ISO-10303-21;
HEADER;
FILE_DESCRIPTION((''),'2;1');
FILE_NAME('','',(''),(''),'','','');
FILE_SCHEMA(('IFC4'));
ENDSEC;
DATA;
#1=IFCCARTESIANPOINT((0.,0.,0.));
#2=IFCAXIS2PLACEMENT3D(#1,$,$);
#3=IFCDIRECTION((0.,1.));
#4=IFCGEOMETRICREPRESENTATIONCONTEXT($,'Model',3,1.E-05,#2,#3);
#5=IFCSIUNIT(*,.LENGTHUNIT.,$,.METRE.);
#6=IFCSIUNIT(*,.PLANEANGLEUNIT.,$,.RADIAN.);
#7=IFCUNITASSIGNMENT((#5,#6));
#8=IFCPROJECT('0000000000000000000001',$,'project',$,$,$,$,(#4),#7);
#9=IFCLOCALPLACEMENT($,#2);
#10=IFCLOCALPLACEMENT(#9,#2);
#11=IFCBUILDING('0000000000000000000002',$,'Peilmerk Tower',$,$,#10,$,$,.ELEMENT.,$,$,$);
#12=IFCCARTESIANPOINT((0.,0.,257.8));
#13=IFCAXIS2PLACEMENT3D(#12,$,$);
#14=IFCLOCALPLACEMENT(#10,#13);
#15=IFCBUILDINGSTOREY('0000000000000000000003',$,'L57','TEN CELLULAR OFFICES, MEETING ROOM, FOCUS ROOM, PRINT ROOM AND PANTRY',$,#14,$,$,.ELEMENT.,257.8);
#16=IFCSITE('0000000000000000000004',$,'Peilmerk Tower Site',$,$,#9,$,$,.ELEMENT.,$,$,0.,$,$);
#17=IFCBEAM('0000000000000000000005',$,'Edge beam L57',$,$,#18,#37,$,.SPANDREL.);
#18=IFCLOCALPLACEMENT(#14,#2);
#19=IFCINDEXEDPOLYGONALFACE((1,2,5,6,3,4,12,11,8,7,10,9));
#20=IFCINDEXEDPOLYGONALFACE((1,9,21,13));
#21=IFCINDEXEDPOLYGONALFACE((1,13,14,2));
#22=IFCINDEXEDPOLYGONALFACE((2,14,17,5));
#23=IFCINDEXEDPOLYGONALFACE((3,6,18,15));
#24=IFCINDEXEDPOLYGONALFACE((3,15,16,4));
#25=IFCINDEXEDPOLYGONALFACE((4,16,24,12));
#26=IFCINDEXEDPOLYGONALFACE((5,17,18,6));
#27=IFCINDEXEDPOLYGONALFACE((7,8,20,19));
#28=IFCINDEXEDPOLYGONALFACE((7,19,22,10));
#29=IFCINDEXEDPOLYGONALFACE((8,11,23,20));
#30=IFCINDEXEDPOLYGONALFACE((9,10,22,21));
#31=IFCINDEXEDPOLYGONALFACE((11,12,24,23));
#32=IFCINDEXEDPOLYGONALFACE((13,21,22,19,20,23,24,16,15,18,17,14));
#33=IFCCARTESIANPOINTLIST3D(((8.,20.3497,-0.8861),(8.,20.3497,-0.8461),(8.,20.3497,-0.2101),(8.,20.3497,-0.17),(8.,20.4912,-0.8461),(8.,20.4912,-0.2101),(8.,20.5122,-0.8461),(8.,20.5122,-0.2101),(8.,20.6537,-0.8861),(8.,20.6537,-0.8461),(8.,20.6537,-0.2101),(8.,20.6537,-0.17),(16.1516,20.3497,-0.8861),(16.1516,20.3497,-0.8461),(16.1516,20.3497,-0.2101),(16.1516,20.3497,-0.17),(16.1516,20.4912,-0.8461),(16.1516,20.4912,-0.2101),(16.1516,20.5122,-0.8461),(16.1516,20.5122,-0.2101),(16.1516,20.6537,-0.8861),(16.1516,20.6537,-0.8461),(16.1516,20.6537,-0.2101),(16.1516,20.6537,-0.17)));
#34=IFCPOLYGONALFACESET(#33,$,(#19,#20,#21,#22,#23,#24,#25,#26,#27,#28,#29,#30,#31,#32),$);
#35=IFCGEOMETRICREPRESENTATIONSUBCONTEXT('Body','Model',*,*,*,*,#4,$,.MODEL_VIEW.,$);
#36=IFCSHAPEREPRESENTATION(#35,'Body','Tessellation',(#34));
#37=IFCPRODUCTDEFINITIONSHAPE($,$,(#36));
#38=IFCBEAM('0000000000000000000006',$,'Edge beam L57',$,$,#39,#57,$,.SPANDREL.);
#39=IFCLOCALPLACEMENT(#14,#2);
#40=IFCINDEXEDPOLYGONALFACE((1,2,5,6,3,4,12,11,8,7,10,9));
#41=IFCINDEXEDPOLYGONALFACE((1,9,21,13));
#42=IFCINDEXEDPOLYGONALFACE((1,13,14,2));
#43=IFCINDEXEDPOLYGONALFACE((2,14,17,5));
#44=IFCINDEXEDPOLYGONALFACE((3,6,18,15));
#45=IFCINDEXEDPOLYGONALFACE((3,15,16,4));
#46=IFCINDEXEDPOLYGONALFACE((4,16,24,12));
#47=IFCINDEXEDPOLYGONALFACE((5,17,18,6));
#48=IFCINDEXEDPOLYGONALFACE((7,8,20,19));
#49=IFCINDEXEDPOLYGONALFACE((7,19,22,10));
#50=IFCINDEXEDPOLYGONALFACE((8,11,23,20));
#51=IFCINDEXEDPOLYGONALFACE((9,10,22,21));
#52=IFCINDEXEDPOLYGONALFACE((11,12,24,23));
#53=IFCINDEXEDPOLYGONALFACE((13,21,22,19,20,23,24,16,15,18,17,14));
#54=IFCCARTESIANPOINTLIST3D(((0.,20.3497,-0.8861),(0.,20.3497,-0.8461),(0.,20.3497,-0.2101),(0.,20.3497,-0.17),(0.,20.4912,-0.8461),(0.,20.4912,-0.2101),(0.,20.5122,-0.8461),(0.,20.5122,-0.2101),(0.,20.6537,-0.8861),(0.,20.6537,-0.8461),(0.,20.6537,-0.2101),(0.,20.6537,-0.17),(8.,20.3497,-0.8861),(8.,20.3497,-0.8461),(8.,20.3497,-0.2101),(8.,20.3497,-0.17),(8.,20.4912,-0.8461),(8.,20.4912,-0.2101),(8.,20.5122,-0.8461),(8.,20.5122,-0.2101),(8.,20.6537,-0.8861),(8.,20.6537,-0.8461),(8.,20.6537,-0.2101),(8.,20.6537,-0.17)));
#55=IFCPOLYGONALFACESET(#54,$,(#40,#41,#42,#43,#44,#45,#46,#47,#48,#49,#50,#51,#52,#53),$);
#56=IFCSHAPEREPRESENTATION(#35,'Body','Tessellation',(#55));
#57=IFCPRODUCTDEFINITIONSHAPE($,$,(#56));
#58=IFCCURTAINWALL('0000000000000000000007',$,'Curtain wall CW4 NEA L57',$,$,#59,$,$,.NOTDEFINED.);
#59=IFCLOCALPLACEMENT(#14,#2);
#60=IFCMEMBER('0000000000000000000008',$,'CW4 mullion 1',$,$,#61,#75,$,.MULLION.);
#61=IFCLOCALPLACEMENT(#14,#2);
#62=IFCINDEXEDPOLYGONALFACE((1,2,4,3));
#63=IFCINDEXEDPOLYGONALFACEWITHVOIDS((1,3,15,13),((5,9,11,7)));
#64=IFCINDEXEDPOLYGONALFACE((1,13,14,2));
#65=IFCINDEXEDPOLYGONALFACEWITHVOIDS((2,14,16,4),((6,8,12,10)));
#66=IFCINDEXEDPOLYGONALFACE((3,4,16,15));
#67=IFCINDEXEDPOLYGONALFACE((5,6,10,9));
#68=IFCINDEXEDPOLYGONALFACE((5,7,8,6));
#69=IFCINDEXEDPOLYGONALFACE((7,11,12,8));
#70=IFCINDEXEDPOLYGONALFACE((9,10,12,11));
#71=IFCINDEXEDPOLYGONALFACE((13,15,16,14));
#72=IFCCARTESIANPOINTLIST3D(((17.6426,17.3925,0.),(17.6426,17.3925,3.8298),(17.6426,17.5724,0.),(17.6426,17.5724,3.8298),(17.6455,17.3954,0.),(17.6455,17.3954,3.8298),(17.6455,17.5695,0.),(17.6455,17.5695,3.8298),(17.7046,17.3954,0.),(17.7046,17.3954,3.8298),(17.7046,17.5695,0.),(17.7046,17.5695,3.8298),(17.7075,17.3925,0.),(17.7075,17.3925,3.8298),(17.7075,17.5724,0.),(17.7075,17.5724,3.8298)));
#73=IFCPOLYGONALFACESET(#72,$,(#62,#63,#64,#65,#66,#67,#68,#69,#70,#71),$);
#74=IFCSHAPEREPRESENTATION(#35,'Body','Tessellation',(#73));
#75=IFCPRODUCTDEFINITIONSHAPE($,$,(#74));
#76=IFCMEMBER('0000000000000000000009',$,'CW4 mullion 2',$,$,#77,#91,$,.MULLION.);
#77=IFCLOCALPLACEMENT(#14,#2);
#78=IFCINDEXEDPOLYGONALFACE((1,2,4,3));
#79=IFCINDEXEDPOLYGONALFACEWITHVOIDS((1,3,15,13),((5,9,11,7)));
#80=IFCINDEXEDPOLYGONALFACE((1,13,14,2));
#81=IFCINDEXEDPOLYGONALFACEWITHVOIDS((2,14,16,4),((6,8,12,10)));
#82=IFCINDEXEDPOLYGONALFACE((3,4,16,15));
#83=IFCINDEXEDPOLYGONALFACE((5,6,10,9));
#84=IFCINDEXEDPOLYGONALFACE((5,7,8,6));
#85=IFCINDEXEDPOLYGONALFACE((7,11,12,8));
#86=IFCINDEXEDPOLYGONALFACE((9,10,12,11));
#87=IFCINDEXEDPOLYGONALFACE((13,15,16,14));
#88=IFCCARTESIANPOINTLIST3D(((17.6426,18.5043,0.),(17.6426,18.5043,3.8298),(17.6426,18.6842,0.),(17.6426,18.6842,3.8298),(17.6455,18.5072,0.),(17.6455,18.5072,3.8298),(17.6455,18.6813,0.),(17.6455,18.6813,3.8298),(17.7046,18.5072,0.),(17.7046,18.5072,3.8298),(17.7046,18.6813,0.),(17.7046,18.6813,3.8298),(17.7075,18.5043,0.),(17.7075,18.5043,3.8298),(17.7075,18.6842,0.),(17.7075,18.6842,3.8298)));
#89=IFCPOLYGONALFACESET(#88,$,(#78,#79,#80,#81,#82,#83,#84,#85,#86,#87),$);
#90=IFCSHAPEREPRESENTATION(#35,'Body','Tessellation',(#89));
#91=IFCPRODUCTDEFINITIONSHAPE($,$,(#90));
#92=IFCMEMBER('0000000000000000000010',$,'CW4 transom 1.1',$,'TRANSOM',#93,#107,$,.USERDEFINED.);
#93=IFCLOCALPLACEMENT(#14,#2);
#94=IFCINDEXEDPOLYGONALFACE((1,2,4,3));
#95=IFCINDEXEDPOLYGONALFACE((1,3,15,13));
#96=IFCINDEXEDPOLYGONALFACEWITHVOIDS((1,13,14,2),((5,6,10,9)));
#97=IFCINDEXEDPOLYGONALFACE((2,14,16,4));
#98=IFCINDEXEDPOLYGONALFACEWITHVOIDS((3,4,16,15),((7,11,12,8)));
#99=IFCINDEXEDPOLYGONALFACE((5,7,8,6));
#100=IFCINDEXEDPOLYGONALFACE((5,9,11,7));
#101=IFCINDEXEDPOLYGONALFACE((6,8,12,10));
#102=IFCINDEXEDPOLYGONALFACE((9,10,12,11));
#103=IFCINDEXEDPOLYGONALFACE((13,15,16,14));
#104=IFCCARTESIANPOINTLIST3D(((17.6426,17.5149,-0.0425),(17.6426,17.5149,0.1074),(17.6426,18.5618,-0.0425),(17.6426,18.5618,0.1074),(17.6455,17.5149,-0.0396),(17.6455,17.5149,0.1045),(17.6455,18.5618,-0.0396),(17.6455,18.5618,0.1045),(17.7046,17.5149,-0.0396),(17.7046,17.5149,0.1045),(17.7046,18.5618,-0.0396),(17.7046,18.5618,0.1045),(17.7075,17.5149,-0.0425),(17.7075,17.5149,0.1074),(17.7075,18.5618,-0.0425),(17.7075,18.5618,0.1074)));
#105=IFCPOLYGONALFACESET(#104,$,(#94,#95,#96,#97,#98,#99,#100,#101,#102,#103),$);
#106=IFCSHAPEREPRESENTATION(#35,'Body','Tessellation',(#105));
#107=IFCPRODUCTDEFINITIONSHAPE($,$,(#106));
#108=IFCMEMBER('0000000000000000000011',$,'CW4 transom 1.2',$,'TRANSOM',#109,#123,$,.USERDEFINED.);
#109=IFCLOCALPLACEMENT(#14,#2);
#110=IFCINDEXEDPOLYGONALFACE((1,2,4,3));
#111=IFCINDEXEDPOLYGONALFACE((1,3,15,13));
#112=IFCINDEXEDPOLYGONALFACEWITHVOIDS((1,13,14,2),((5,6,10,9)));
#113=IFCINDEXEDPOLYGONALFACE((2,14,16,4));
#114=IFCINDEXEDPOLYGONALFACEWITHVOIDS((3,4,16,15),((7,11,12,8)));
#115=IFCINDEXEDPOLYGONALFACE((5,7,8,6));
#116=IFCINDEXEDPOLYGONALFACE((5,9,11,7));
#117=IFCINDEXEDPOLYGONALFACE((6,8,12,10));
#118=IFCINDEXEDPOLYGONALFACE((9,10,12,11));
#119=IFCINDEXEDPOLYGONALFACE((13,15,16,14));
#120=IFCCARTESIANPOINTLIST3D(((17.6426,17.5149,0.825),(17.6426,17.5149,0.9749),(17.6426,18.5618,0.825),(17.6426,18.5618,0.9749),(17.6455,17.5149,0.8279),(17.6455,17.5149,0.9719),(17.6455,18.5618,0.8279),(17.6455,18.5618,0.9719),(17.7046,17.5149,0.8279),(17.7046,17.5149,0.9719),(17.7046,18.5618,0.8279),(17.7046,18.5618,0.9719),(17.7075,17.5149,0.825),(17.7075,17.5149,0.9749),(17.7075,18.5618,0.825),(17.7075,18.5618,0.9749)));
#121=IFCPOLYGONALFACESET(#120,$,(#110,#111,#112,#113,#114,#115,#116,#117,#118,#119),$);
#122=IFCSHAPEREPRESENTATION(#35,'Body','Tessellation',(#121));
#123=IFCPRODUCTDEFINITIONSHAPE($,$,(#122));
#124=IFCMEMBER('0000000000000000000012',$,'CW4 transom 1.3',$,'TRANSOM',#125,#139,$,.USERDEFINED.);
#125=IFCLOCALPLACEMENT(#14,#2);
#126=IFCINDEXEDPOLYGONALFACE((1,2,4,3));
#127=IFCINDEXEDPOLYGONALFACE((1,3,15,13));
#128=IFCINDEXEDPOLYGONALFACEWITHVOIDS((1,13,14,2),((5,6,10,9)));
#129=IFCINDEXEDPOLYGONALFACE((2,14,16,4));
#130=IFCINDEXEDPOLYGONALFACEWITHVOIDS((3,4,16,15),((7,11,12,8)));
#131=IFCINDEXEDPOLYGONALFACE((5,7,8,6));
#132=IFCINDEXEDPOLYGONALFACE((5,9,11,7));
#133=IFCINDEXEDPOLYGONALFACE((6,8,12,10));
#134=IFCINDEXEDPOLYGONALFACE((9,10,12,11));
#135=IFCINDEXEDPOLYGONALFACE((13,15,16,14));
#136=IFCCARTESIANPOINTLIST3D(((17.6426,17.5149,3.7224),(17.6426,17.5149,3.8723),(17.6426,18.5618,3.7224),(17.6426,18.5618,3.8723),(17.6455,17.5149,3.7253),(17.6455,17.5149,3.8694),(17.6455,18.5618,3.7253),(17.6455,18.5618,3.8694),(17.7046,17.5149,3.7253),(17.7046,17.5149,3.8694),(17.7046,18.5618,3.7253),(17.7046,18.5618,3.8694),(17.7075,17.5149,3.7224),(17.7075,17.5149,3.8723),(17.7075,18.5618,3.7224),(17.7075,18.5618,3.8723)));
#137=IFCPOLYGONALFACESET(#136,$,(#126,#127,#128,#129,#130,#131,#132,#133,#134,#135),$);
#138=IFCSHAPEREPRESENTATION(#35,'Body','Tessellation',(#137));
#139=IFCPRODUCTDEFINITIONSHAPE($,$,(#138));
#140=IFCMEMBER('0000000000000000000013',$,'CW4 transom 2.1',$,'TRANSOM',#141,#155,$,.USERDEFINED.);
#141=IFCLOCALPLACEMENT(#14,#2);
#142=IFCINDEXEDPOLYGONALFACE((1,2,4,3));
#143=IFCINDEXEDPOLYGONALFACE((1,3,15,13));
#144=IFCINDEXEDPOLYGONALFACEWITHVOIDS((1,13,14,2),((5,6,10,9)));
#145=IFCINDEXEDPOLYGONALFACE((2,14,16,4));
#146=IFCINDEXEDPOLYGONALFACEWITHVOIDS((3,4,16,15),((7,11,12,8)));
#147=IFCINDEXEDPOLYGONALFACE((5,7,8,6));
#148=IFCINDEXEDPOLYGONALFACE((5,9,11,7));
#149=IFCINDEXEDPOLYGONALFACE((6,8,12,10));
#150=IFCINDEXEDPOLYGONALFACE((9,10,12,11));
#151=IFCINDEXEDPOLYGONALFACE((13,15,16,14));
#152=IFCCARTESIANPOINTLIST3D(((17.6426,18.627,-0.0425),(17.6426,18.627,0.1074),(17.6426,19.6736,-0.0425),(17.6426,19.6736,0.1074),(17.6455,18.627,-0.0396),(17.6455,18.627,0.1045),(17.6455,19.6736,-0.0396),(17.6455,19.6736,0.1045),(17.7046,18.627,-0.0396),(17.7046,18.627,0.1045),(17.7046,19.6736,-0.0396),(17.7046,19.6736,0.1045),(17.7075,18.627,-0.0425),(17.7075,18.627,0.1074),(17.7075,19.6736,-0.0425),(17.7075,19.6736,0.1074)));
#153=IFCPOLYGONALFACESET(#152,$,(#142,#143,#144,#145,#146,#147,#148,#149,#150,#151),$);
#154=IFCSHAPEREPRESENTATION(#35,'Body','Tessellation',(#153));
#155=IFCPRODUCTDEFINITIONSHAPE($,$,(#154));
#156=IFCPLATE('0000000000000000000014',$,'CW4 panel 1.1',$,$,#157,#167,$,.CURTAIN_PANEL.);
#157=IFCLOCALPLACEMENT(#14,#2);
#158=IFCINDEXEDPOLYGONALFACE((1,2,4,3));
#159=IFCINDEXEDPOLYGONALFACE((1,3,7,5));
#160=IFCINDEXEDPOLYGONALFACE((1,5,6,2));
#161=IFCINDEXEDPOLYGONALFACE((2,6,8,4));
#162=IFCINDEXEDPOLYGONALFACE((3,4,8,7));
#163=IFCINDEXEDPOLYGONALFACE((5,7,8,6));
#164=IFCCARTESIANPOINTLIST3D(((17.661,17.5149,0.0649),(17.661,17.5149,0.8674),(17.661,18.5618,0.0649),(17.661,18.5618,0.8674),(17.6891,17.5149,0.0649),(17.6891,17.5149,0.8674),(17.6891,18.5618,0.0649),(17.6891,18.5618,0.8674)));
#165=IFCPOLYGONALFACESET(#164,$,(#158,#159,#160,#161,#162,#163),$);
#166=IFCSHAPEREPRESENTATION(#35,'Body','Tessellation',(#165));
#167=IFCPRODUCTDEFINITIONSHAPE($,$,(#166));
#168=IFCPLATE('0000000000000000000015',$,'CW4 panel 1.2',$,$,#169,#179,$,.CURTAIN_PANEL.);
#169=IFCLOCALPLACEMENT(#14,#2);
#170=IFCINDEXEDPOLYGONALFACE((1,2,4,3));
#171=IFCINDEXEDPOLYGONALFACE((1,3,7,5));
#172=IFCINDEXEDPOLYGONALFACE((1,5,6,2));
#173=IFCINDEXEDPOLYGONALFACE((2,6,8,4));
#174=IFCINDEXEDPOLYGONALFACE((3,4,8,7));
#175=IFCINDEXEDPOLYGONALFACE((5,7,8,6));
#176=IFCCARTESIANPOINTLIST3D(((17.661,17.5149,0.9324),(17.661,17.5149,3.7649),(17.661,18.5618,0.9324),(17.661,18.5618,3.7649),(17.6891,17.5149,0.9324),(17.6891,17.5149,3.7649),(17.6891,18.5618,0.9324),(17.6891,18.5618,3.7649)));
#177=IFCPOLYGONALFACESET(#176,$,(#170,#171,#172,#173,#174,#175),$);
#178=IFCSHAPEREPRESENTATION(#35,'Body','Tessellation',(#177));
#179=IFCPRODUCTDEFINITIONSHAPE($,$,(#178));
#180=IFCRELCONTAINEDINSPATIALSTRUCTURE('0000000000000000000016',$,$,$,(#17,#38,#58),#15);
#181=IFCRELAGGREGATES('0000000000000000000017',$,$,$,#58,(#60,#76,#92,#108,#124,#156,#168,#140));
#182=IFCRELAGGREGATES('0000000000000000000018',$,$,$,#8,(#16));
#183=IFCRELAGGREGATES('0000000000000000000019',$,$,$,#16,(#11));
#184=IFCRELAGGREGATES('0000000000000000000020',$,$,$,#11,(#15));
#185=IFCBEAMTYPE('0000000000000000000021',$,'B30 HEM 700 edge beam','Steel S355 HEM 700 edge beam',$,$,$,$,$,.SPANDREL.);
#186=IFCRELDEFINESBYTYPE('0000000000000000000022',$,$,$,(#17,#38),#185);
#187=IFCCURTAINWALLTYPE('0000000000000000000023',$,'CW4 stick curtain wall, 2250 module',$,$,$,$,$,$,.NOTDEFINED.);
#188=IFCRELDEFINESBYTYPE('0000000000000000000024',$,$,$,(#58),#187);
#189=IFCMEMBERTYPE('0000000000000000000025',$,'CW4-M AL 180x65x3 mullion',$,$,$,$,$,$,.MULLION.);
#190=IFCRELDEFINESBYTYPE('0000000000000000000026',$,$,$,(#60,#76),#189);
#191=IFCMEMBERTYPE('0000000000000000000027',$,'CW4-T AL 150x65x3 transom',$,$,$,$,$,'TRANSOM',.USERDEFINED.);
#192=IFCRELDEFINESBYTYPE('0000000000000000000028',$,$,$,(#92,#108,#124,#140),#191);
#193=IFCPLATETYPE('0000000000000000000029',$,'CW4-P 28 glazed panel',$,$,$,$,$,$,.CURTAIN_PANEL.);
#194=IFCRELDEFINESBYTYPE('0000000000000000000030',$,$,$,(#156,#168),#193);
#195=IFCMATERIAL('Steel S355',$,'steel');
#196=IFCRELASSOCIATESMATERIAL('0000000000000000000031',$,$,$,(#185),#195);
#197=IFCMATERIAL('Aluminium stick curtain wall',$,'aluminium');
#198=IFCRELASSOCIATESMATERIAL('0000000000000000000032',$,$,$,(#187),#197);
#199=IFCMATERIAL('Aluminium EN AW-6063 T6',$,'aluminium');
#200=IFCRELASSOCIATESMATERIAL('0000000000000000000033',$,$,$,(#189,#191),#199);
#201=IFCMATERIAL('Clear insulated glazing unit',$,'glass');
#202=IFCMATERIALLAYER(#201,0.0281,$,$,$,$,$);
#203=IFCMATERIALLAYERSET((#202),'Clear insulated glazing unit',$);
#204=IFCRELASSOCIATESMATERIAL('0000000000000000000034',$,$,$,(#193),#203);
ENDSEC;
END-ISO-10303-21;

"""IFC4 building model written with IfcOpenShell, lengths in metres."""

from ifc_helpers import new_model, si_unit, direction, frame, origin, origin_2d, place, context, subcontext, project, spatial, rectangle, hollow_rectangle, i_section, extrude, material, layer, layer_set, material_profile, profile_set, type_object, element, aggregate, save


model = new_model("IFC4")

# Units and contexts
model_context = context("Model", 3, precision=1e-05, world=origin(), true_north=direction((0.0, 1.0)))
body_context = subcontext(model_context, "Body", "Model", "MODEL_VIEW")
ifc_project = project(units=[si_unit("LENGTHUNIT", "METRE"), si_unit("PLANEANGLEUNIT", "RADIAN")], contexts=[model_context])

# Site, building, storey
site_placement = place(None, origin())
site = spatial("IfcSite", under=ifc_project, at=site_placement, Name="Peilmerk Tower Site", CompositionType="ELEMENT", RefElevation=0.0)
building_placement = place(site_placement, origin())
building = spatial("IfcBuilding", under=site, at=building_placement, Name="Peilmerk Tower", CompositionType="ELEMENT")
storey_placement = place(building_placement, frame((0.0, 0.0, 257.8)))
storey = spatial("IfcBuildingStorey", under=building, at=storey_placement, Name="L57", Description="TEN CELLULAR OFFICES, MEETING ROOM, FOCUS ROOM, PRINT ROOM AND PANTRY", CompositionType="ELEMENT", Elevation=257.8)

# Beams
ifc_material_1 = material(Name="Steel S355", Category="steel")
ifc_material_profile_1 = material_profile(ifc_material_1, i_section(OverallWidth=0.304, OverallDepth=0.7161, WebThickness=0.021, FlangeThickness=0.04, at=origin_2d()), Name="HEM 700")
ifc_profile_set_1 = profile_set([ifc_material_profile_1], Name="Steel S355")
beam_type_1 = type_object("IfcBeamType", Name="B30 HEM 700 edge beam", Description="Steel S355 HEM 700 edge beam", PredefinedType="SPANDREL", material=ifc_profile_set_1)
beam_1_placement = place(storey_placement, frame((16.1516, 20.5017, -0.5281), z_axis=(-1.0, 0.0, 0.0), x_axis=(0.0, -1.0, 0.0)))
element("IfcBeam", 1, at=beam_1_placement, inside=storey, type_object=beam_type_1, Name="Edge beam L57", PredefinedType="SPANDREL", context=body_context, shape_type="SweptSolid", body=[
    extrude(i_section(OverallWidth=0.304, OverallDepth=0.7161, WebThickness=0.021, FlangeThickness=0.04, at=origin_2d()), origin(), (0.0, 0.0, 1.0), 8.1516),
])
beam_2_placement = place(storey_placement, frame((8.0, 20.5017, -0.5281), z_axis=(-1.0, 0.0, 0.0), x_axis=(0.0, -1.0, 0.0)))
element("IfcBeam", 2, at=beam_2_placement, inside=storey, type_object=beam_type_1, Name="Edge beam L57", PredefinedType="SPANDREL", context=body_context, shape_type="SweptSolid", body=[
    extrude(i_section(OverallWidth=0.304, OverallDepth=0.7161, WebThickness=0.021, FlangeThickness=0.04, at=origin_2d()), origin(), (0.0, 0.0, 1.0), 8.0),
])

# Curtain wall, members, plates
ifc_material_2 = material(Name="Aluminium stick curtain wall", Category="aluminium")
curtain_wall_type = type_object("IfcCurtainWallType", Name="CW4 stick curtain wall, 2250 module", PredefinedType="NOTDEFINED", material=ifc_material_2)
curtain_wall_placement = place(storey_placement, origin())
curtain_wall = element("IfcCurtainWall", 3, at=curtain_wall_placement, inside=storey, type_object=curtain_wall_type, Name="Curtain wall CW4 NEA L57", PredefinedType="NOTDEFINED")
ifc_material_3 = material(Name="Aluminium EN AW-6063 T6", Category="aluminium")
ifc_material_profile_2 = material_profile(ifc_material_3, hollow_rectangle(XDim=0.0649, YDim=0.1799, WallThickness=0.0029, at=origin_2d()), Name="AL 180x65x3")
ifc_profile_set_2 = profile_set([ifc_material_profile_2], Name="Aluminium EN AW-6063 T6")
member_type_1 = type_object("IfcMemberType", Name="CW4-M AL 180x65x3 mullion", PredefinedType="MULLION", material=ifc_profile_set_2)
member_1_placement = place(storey_placement, frame((17.675, 17.4824, 0.0), z_axis=(0.0, 0.0, 1.0), x_axis=(-1.0, 0.0, 0.0)))
member_1 = element("IfcMember", 4, at=member_1_placement, type_object=member_type_1, Name="CW4 mullion 1", PredefinedType="MULLION", context=body_context, shape_type="SweptSolid", body=[
    extrude(hollow_rectangle(XDim=0.0649, YDim=0.1799, WallThickness=0.0029, at=origin_2d()), origin(), (0.0, 0.0, 1.0), 3.8298),
])
member_2_placement = place(storey_placement, frame((17.675, 18.5942, 0.0), z_axis=(0.0, 0.0, 1.0), x_axis=(-1.0, 0.0, 0.0)))
member_2 = element("IfcMember", 5, at=member_2_placement, type_object=member_type_1, Name="CW4 mullion 2", PredefinedType="MULLION", context=body_context, shape_type="SweptSolid", body=[
    extrude(hollow_rectangle(XDim=0.0649, YDim=0.1799, WallThickness=0.0029, at=origin_2d()), origin(), (0.0, 0.0, 1.0), 3.8298),
])
ifc_material_profile_3 = material_profile(ifc_material_3, hollow_rectangle(XDim=0.0649, YDim=0.1499, WallThickness=0.0029, at=origin_2d()), Name="AL 150x65x3")
ifc_profile_set_3 = profile_set([ifc_material_profile_3], Name="Aluminium EN AW-6063 T6")
member_type_2 = type_object("IfcMemberType", Name="CW4-T AL 150x65x3 transom", ElementType="TRANSOM", PredefinedType="USERDEFINED", material=ifc_profile_set_3)
member_3_placement = place(storey_placement, frame((17.675, 17.5149, 0.0325), z_axis=(0.0, 1.0, 0.0), x_axis=(-1.0, 0.0, 0.0)))
member_3 = element("IfcMember", 6, at=member_3_placement, type_object=member_type_2, Name="CW4 transom 1.1", ObjectType="TRANSOM", PredefinedType="USERDEFINED", context=body_context, shape_type="SweptSolid", body=[
    extrude(hollow_rectangle(XDim=0.0649, YDim=0.1499, WallThickness=0.0029, at=origin_2d()), origin(), (0.0, 0.0, 1.0), 1.0469),
])
member_4_placement = place(storey_placement, frame((17.675, 17.5149, 0.8999), z_axis=(0.0, 1.0, 0.0), x_axis=(-1.0, 0.0, 0.0)))
member_4 = element("IfcMember", 7, at=member_4_placement, type_object=member_type_2, Name="CW4 transom 1.2", ObjectType="TRANSOM", PredefinedType="USERDEFINED", context=body_context, shape_type="SweptSolid", body=[
    extrude(hollow_rectangle(XDim=0.0649, YDim=0.1499, WallThickness=0.0029, at=origin_2d()), origin(), (0.0, 0.0, 1.0), 1.0469),
])
member_5_placement = place(storey_placement, frame((17.675, 17.5149, 3.7974), z_axis=(0.0, 1.0, 0.0), x_axis=(-1.0, 0.0, 0.0)))
member_5 = element("IfcMember", 8, at=member_5_placement, type_object=member_type_2, Name="CW4 transom 1.3", ObjectType="TRANSOM", PredefinedType="USERDEFINED", context=body_context, shape_type="SweptSolid", body=[
    extrude(hollow_rectangle(XDim=0.0649, YDim=0.1499, WallThickness=0.0029, at=origin_2d()), origin(), (0.0, 0.0, 1.0), 1.0469),
])
member_6_placement = place(storey_placement, frame((17.675, 18.627, 0.0325), z_axis=(0.0, 1.0, 0.0), x_axis=(-1.0, 0.0, 0.0)))
member_6 = element("IfcMember", 9, at=member_6_placement, type_object=member_type_2, Name="CW4 transom 2.1", ObjectType="TRANSOM", PredefinedType="USERDEFINED", context=body_context, shape_type="SweptSolid", body=[
    extrude(hollow_rectangle(XDim=0.0649, YDim=0.1499, WallThickness=0.0029, at=origin_2d()), origin(), (0.0, 0.0, 1.0), 1.0466),
])
ifc_material_4 = material(Name="Clear insulated glazing unit", Category="glass")
ifc_layer_1 = layer(ifc_material_4, 0.0281)
ifc_layer_set_1 = layer_set([ifc_layer_1], Name="Clear insulated glazing unit")
plate_type = type_object("IfcPlateType", Name="CW4-P 28 glazed panel", PredefinedType="CURTAIN_PANEL", material=ifc_layer_set_1)
plate_1_placement = place(storey_placement, frame((17.675, 18.0383, 0.0649), z_axis=(0.0, 0.0, 1.0), x_axis=(0.0, 1.0, 0.0)))
plate_1 = element("IfcPlate", 10, at=plate_1_placement, type_object=plate_type, Name="CW4 panel 1.1", PredefinedType="CURTAIN_PANEL", context=body_context, shape_type="SweptSolid", body=[
    extrude(rectangle(XDim=1.0469, YDim=0.0281, at=origin_2d()), origin(), (0.0, 0.0, 1.0), 0.8025),
])
plate_2_placement = place(storey_placement, frame((17.675, 18.0383, 0.9324), z_axis=(0.0, 0.0, 1.0), x_axis=(0.0, 1.0, 0.0)))
plate_2 = element("IfcPlate", 11, at=plate_2_placement, type_object=plate_type, Name="CW4 panel 1.2", PredefinedType="CURTAIN_PANEL", context=body_context, shape_type="SweptSolid", body=[
    extrude(rectangle(XDim=1.0469, YDim=0.0281, at=origin_2d()), origin(), (0.0, 0.0, 1.0), 2.8325),
])
aggregate(curtain_wall, [member_1, member_2, member_3, member_4, member_5, plate_1, plate_2, member_6])

save(model, "model.ifc")
